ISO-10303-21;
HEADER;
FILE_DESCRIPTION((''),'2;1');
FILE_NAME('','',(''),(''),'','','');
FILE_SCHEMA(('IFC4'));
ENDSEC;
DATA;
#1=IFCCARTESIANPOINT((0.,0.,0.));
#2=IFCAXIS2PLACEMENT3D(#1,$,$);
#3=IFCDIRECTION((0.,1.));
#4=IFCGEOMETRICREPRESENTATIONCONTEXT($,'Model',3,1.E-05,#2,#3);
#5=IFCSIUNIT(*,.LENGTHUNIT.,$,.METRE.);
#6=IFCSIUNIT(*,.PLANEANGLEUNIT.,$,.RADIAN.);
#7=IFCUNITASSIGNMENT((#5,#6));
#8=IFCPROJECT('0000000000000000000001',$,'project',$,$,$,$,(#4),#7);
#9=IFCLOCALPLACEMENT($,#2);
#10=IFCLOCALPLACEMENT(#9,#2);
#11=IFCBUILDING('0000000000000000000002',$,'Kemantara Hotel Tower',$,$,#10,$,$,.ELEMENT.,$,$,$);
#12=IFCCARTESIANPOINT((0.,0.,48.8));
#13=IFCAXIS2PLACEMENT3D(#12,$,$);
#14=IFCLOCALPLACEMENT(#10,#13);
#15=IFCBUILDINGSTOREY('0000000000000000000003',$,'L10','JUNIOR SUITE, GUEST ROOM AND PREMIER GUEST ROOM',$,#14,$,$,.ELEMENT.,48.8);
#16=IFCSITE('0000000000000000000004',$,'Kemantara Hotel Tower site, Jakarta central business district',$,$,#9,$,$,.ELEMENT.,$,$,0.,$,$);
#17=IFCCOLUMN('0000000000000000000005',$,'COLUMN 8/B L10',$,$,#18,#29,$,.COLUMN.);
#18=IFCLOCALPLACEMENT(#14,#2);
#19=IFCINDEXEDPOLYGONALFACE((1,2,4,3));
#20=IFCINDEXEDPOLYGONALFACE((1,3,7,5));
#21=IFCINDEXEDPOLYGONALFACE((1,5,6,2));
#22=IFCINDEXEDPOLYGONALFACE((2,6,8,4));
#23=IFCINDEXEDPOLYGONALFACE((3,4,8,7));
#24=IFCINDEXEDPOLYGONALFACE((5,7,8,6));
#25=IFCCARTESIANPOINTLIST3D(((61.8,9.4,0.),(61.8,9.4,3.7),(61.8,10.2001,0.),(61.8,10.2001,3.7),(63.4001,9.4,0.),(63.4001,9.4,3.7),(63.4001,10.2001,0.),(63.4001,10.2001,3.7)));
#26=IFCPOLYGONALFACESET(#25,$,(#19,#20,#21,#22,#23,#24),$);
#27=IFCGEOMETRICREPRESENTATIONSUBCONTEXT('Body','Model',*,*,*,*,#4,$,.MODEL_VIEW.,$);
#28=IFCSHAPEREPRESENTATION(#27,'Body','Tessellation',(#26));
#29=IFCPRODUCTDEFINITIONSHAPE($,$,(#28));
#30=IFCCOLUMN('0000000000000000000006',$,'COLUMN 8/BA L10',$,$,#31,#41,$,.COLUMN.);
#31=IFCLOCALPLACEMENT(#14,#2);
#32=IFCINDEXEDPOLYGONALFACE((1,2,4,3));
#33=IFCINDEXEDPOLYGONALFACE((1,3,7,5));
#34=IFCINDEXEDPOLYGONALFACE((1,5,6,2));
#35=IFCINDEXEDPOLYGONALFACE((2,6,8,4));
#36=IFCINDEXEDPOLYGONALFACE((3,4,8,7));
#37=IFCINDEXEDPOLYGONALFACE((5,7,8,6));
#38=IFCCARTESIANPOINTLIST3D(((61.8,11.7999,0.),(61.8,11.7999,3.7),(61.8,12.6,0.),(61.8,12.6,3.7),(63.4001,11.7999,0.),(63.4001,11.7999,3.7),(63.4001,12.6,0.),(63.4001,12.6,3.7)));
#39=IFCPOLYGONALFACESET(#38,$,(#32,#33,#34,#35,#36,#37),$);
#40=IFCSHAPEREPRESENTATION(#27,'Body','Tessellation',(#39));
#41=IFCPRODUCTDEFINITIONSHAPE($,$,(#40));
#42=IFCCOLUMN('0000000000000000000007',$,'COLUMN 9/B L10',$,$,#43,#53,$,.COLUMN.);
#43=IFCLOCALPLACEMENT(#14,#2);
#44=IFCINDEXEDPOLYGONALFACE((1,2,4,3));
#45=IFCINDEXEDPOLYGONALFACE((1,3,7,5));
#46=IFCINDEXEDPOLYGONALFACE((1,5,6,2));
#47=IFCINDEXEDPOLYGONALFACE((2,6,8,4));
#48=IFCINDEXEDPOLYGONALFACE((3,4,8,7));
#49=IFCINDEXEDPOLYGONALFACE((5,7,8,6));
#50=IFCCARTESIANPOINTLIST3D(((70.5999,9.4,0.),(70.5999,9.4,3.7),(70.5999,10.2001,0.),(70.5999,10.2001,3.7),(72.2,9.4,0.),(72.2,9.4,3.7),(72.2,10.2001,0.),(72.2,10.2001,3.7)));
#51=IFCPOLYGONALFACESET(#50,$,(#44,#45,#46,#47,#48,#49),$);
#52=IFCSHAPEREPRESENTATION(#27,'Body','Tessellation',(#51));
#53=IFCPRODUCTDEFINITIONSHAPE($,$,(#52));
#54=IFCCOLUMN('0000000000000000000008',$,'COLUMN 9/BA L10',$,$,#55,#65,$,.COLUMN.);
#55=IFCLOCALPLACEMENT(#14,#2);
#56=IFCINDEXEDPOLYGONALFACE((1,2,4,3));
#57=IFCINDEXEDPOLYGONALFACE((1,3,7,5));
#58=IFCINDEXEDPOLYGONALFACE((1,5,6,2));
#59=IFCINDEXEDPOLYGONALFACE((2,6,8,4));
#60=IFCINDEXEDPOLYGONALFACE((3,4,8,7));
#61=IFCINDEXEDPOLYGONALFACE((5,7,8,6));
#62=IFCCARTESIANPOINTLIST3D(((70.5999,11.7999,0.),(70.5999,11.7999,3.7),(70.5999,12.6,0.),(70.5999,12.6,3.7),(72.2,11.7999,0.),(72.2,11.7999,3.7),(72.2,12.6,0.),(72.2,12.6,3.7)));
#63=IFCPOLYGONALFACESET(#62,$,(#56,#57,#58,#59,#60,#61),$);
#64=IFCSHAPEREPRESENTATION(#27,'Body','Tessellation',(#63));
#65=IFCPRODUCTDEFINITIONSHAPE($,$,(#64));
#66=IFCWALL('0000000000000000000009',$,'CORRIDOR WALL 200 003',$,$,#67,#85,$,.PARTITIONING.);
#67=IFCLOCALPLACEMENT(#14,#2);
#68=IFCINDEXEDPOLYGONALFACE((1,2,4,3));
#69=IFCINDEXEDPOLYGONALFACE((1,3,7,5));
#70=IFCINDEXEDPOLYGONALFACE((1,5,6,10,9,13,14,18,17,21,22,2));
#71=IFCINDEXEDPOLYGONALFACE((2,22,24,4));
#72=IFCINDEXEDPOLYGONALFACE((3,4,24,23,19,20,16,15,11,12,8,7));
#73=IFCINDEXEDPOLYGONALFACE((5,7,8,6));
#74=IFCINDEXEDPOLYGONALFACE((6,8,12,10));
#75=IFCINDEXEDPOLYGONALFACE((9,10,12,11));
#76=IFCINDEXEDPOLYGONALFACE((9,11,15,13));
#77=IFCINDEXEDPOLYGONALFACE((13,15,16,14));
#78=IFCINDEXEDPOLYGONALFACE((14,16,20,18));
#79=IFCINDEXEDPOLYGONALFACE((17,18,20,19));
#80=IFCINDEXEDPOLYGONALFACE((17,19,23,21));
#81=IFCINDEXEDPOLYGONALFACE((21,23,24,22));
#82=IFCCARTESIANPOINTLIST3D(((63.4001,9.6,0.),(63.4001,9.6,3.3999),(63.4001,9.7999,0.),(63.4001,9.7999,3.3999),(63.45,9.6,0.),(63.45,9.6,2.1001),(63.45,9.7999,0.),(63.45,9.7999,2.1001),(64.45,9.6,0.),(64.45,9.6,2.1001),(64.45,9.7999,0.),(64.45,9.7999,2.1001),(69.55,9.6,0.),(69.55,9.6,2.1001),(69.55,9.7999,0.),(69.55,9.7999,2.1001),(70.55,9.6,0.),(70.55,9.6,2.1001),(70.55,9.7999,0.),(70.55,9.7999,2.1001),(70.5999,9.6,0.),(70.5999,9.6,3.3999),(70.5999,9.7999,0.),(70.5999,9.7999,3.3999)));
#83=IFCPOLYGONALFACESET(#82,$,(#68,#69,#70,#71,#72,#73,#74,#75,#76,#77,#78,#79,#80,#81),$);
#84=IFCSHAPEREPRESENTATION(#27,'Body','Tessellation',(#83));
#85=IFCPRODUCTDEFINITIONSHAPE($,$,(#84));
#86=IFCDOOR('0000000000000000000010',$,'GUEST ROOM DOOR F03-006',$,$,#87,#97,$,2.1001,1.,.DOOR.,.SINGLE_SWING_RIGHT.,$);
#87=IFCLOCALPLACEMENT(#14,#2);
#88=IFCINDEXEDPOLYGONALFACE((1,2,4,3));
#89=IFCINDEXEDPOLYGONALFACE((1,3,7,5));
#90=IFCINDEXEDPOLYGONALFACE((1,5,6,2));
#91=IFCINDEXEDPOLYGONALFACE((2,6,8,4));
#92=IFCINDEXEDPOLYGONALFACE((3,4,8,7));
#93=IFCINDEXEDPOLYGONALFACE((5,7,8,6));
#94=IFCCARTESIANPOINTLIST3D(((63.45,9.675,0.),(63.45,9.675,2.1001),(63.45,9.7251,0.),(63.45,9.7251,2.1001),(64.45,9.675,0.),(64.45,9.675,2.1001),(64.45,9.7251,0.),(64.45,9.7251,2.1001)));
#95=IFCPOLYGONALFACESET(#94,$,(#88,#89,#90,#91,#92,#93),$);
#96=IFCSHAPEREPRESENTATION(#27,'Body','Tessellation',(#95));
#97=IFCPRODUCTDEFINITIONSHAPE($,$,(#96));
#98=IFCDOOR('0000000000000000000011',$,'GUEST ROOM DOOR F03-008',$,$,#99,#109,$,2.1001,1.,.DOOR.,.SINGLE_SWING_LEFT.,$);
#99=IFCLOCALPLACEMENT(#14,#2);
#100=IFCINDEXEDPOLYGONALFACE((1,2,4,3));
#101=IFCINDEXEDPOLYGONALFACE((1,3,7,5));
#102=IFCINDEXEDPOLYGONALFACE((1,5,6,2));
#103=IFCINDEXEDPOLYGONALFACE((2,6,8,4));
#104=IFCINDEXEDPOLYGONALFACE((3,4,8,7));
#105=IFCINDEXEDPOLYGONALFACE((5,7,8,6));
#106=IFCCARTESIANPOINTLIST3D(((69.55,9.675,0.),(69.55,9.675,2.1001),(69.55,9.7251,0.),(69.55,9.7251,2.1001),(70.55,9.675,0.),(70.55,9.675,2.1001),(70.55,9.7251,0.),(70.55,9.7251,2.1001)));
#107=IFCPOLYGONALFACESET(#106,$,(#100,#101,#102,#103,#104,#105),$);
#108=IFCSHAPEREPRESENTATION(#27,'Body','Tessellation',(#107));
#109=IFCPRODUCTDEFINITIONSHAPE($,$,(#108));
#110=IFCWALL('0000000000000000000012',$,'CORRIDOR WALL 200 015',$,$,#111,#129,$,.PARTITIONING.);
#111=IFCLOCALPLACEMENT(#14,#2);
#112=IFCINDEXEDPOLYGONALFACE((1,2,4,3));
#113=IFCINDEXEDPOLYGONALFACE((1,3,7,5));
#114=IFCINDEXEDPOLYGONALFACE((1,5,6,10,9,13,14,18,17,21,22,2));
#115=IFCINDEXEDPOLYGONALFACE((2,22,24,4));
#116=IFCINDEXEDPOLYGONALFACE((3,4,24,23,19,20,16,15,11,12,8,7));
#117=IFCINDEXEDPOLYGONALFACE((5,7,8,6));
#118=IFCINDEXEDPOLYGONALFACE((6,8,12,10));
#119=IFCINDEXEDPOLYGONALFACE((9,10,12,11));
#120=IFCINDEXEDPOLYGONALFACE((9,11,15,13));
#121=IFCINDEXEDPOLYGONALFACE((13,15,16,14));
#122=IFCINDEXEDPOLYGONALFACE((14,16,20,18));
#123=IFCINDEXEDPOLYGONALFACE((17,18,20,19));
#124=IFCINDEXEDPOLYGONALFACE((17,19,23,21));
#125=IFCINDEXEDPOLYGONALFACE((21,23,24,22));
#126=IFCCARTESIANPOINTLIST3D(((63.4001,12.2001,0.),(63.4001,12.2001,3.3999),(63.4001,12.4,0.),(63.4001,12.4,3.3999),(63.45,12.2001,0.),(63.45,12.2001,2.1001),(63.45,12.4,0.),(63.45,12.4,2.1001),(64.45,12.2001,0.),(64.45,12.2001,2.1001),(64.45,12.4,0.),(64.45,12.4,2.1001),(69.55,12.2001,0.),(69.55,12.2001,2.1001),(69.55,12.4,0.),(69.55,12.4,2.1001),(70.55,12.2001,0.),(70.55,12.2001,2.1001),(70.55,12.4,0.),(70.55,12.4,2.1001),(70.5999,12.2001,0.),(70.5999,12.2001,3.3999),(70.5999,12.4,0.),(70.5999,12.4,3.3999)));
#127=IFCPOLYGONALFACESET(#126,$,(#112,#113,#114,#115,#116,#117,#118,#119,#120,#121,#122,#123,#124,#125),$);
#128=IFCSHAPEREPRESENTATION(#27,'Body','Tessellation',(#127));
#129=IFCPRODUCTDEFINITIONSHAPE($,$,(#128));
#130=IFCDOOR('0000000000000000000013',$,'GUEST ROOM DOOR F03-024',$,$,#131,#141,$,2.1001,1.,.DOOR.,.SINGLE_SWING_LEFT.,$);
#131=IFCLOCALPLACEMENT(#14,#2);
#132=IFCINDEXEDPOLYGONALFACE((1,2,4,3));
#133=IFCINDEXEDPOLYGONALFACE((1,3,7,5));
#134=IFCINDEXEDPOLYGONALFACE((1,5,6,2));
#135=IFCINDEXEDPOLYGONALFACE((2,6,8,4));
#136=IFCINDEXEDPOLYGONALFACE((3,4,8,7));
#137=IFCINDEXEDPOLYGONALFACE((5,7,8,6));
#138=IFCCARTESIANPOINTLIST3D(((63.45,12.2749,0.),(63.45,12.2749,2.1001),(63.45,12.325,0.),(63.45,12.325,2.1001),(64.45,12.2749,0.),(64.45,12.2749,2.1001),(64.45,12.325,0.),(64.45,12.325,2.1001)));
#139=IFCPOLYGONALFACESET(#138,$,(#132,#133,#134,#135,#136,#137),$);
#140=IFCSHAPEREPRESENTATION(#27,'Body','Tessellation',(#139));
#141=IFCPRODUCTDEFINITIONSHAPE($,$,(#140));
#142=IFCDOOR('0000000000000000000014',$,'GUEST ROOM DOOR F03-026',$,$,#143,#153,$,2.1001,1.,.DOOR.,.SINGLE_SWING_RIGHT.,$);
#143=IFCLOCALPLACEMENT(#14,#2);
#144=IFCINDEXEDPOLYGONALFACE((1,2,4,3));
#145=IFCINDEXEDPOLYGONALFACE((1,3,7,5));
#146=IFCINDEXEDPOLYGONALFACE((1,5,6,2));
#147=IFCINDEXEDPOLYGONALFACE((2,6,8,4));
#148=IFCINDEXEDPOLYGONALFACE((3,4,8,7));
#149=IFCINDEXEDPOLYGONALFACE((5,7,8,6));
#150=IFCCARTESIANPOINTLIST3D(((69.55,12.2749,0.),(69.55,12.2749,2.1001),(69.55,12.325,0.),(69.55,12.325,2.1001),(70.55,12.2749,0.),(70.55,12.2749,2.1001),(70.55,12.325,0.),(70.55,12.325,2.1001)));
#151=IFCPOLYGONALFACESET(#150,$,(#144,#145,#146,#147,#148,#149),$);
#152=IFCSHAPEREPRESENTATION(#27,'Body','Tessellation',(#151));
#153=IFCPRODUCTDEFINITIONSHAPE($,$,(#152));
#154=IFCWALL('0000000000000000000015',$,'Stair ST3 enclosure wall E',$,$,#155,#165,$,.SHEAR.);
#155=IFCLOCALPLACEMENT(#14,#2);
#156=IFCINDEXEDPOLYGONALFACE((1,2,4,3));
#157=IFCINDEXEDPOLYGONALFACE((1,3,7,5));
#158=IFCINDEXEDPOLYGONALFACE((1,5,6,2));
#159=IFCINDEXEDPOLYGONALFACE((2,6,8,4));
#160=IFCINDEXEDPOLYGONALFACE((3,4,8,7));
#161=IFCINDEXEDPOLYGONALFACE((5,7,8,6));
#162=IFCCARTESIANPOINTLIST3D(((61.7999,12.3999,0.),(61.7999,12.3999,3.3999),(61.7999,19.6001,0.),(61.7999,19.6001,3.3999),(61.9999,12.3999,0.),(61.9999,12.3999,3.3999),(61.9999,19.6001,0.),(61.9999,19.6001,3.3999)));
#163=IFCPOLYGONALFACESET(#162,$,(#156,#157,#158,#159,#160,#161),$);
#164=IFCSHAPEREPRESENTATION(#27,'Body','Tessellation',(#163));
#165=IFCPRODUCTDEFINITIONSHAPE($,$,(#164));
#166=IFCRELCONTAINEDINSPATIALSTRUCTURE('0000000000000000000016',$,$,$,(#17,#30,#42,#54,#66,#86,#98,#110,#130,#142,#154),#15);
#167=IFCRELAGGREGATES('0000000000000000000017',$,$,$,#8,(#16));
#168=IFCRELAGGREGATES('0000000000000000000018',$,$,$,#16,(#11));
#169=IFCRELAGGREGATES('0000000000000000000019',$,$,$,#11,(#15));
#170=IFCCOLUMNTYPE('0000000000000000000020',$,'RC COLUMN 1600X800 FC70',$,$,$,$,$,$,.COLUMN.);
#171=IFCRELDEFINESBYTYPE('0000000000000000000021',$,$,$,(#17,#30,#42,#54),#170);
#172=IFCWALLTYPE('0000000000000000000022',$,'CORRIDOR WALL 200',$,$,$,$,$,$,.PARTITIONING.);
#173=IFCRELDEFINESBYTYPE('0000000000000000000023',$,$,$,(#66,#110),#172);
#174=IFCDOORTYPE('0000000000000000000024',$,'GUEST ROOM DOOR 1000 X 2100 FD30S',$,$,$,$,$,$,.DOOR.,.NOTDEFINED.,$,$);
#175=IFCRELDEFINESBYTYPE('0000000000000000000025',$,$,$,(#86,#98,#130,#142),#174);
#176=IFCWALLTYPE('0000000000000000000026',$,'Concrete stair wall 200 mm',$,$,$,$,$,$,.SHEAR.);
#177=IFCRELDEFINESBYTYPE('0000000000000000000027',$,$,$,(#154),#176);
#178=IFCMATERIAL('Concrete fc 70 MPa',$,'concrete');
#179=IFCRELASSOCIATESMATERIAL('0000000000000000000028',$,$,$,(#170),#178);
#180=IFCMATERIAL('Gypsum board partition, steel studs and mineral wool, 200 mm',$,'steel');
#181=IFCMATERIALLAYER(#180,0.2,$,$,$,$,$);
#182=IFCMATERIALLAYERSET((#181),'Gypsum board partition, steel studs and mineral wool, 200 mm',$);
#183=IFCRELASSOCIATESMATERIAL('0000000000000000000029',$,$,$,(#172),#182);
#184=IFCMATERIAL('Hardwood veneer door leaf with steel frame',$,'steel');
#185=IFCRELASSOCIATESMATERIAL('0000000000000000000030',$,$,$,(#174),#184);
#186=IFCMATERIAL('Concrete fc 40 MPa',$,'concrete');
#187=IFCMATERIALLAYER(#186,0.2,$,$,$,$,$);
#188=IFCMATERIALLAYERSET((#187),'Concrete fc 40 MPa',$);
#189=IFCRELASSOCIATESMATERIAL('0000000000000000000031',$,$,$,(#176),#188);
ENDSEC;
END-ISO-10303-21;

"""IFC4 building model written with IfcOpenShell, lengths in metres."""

from ifc_helpers import new_model, si_unit, direction, frame, frame_2d, origin, origin_2d, place, context, subcontext, project, spatial, rectangle, extrude, material, layer, layer_set, material_profile, profile_set, type_object, element, fill, save


model = new_model("IFC4")

# Units and contexts
model_context = context("Model", 3, precision=1e-05, world=origin(), true_north=direction((0.0, 1.0)))
body_context = subcontext(model_context, "Body", "Model", "MODEL_VIEW")
ifc_project = project(units=[si_unit("LENGTHUNIT", "METRE"), si_unit("PLANEANGLEUNIT", "RADIAN")], contexts=[model_context])

# Site, building, storey
site_placement = place(None, origin())
site = spatial("IfcSite", under=ifc_project, at=site_placement, Name="Kemantara Hotel Tower site, Jakarta central business district", CompositionType="ELEMENT", RefElevation=0.0)
building_placement = place(site_placement, origin())
building = spatial("IfcBuilding", under=site, at=building_placement, Name="Kemantara Hotel Tower", CompositionType="ELEMENT")
storey_placement = place(building_placement, frame((0.0, 0.0, 48.8)))
storey = spatial("IfcBuildingStorey", under=building, at=storey_placement, Name="L10", Description="JUNIOR SUITE, GUEST ROOM AND PREMIER GUEST ROOM", CompositionType="ELEMENT", Elevation=48.8)

# Columns
ifc_material_1 = material(Name="Concrete fc 70 MPa", Category="concrete")
ifc_material_profile = material_profile(ifc_material_1, rectangle(XDim=1.6001, YDim=0.8, at=origin_2d()), Name="RC 1600X800")
ifc_profile_set = profile_set([ifc_material_profile], Name="Concrete fc 70 MPa")
column_type = type_object("IfcColumnType", Name="RC COLUMN 1600X800 FC70", PredefinedType="COLUMN", material=ifc_profile_set)
for number, where, z_axis, x_axis, name in (
    (1, (62.6001, 9.8, 0.0), (0.0, 0.0, 1.0), (1.0, 0.0, 0.0), "COLUMN 8/B L10"),
    (2, (62.6001, 12.2, 0.0), (0.0, 0.0, 1.0), (1.0, 0.0, 0.0), "COLUMN 8/BA L10"),
    (3, (71.3999, 9.8, 0.0), (0.0, 0.0, 1.0), (1.0, 0.0, 0.0), "COLUMN 9/B L10"),
    (4, (71.3999, 12.2, 0.0), (0.0, 0.0, 1.0), (1.0, 0.0, 0.0), "COLUMN 9/BA L10"),
):
    element("IfcColumn", number, at=place(storey_placement, frame(where, z_axis=z_axis, x_axis=x_axis)), inside=storey, type_object=column_type, Name=name, PredefinedType="COLUMN", context=body_context, shape_type="SweptSolid", body=[
        extrude(rectangle(XDim=1.6001, YDim=0.8, at=origin_2d()), origin(), (0.0, 0.0, 1.0), 3.7),
    ])

# Walls, openings, doors
ifc_material_2 = material(Name="Gypsum board partition, steel studs and mineral wool, 200 mm", Category="steel")
ifc_layer_1 = layer(ifc_material_2, 0.2)
ifc_layer_set_1 = layer_set([ifc_layer_1], Name="Gypsum board partition, steel studs and mineral wool, 200 mm")
wall_type_1 = type_object("IfcWallType", Name="CORRIDOR WALL 200", PredefinedType="PARTITIONING", material=ifc_layer_set_1)
wall_1_placement = place(storey_placement, frame((70.5999, 9.7, 0.0), z_axis=(0.0, 0.0, 1.0), x_axis=(-1.0, 0.0, 0.0)))
wall_1 = element("IfcWall", 5, at=wall_1_placement, inside=storey, type_object=wall_type_1, Name="CORRIDOR WALL 200 003", PredefinedType="PARTITIONING", context=body_context, shape_type="SweptSolid", body=[
    extrude(rectangle(XDim=7.1997, YDim=0.2, at=frame_2d((3.5999, 0.0))), origin(), (0.0, 0.0, 1.0), 3.3999),
])
opening_1_placement = place(wall_1_placement, frame((6.1499, 0.0, 0.0)))
opening_1 = element("IfcOpeningElement", 6, at=opening_1_placement, cuts=wall_1, PredefinedType="OPENING", context=body_context, shape_type="SweptSolid", body=[
    extrude(rectangle(XDim=1.0, YDim=2.1001, at=frame_2d((0.5, 1.05))), frame((0.0, 0.1099, 0.0), z_axis=(0.0, -1.0, 0.0), x_axis=(1.0, 0.0, 0.0)), (0.0, 0.0, 1.0), 0.22),
])
opening_2_placement = place(wall_1_placement, frame((0.0498, 0.0, 0.0)))
opening_2 = element("IfcOpeningElement", 7, at=opening_2_placement, cuts=wall_1, PredefinedType="OPENING", context=body_context, shape_type="SweptSolid", body=[
    extrude(rectangle(XDim=1.0, YDim=2.1001, at=frame_2d((0.5, 1.05))), frame((0.0, 0.1099, 0.0), z_axis=(0.0, -1.0, 0.0), x_axis=(1.0, 0.0, 0.0)), (0.0, 0.0, 1.0), 0.22),
])
ifc_material_3 = material(Name="Hardwood veneer door leaf with steel frame", Category="steel")
door_type_1 = type_object("IfcDoorType", Name="GUEST ROOM DOOR 1000 X 2100 FD30S", OperationType="NOTDEFINED", PredefinedType="DOOR", material=ifc_material_3)
door_1_placement = place(opening_1_placement, origin())
door_1 = element("IfcDoor", 8, at=door_1_placement, inside=storey, type_object=door_type_1, Name="GUEST ROOM DOOR F03-006", OperationType="SINGLE_SWING_RIGHT", OverallHeight=2.1001, OverallWidth=1.0, PredefinedType="DOOR", context=body_context, shape_type="SweptSolid", body=[
    extrude(rectangle(XDim=1.0, YDim=2.1001, at=frame_2d((0.5, 1.05))), frame((0.0, 0.0249, 0.0), z_axis=(0.0, -1.0, 0.0), x_axis=(1.0, 0.0, 0.0)), (0.0, 0.0, 1.0), 0.05),
])
fill(opening_1, door_1)
door_2_placement = place(opening_2_placement, origin())
door_2 = element("IfcDoor", 9, at=door_2_placement, inside=storey, type_object=door_type_1, Name="GUEST ROOM DOOR F03-008", OperationType="SINGLE_SWING_LEFT", OverallHeight=2.1001, OverallWidth=1.0, PredefinedType="DOOR", context=body_context, shape_type="SweptSolid", body=[
    extrude(rectangle(XDim=1.0, YDim=2.1001, at=frame_2d((0.5, 1.05))), frame((0.0, 0.0249, 0.0), z_axis=(0.0, -1.0, 0.0), x_axis=(1.0, 0.0, 0.0)), (0.0, 0.0, 1.0), 0.05),
])
fill(opening_2, door_2)
wall_2_placement = place(storey_placement, frame((63.4001, 12.3, 0.0), z_axis=(0.0, 0.0, 1.0), x_axis=(1.0, 0.0, 0.0)))
wall_2 = element("IfcWall", 10, at=wall_2_placement, inside=storey, type_object=wall_type_1, Name="CORRIDOR WALL 200 015", PredefinedType="PARTITIONING", context=body_context, shape_type="SweptSolid", body=[
    extrude(rectangle(XDim=7.1997, YDim=0.2, at=frame_2d((3.5999, 0.0))), origin(), (0.0, 0.0, 1.0), 3.3999),
])
opening_3_placement = place(wall_2_placement, frame((0.0498, 0.0, 0.0)))
opening_3 = element("IfcOpeningElement", 11, at=opening_3_placement, cuts=wall_2, PredefinedType="OPENING", context=body_context, shape_type="SweptSolid", body=[
    extrude(rectangle(XDim=1.0, YDim=2.1001, at=frame_2d((0.5, 1.05))), frame((0.0, 0.1099, 0.0), z_axis=(0.0, -1.0, 0.0), x_axis=(1.0, 0.0, 0.0)), (0.0, 0.0, 1.0), 0.22),
])
opening_4_placement = place(wall_2_placement, frame((6.1499, 0.0, 0.0)))
opening_4 = element("IfcOpeningElement", 12, at=opening_4_placement, cuts=wall_2, PredefinedType="OPENING", context=body_context, shape_type="SweptSolid", body=[
    extrude(rectangle(XDim=1.0, YDim=2.1001, at=frame_2d((0.5, 1.05))), frame((0.0, 0.1099, 0.0), z_axis=(0.0, -1.0, 0.0), x_axis=(1.0, 0.0, 0.0)), (0.0, 0.0, 1.0), 0.22),
])
door_3_placement = place(opening_3_placement, origin())
door_3 = element("IfcDoor", 13, at=door_3_placement, inside=storey, type_object=door_type_1, Name="GUEST ROOM DOOR F03-024", OperationType="SINGLE_SWING_LEFT", OverallHeight=2.1001, OverallWidth=1.0, PredefinedType="DOOR", context=body_context, shape_type="SweptSolid", body=[
    extrude(rectangle(XDim=1.0, YDim=2.1001, at=frame_2d((0.5, 1.05))), frame((0.0, 0.0249, 0.0), z_axis=(0.0, -1.0, 0.0), x_axis=(1.0, 0.0, 0.0)), (0.0, 0.0, 1.0), 0.05),
])
fill(opening_3, door_3)
door_4_placement = place(opening_4_placement, origin())
door_4 = element("IfcDoor", 14, at=door_4_placement, inside=storey, type_object=door_type_1, Name="GUEST ROOM DOOR F03-026", OperationType="SINGLE_SWING_RIGHT", OverallHeight=2.1001, OverallWidth=1.0, PredefinedType="DOOR", context=body_context, shape_type="SweptSolid", body=[
    extrude(rectangle(XDim=1.0, YDim=2.1001, at=frame_2d((0.5, 1.05))), frame((0.0, 0.0249, 0.0), z_axis=(0.0, -1.0, 0.0), x_axis=(1.0, 0.0, 0.0)), (0.0, 0.0, 1.0), 0.05),
])
fill(opening_4, door_4)

# Wall
ifc_material_4 = material(Name="Concrete fc 40 MPa", Category="concrete")
ifc_layer_2 = layer(ifc_material_4, 0.2)
ifc_layer_set_2 = layer_set([ifc_layer_2], Name="Concrete fc 40 MPa")
wall_type_2 = type_object("IfcWallType", Name="Concrete stair wall 200 mm", PredefinedType="SHEAR", material=ifc_layer_set_2)
wall_3_placement = place(storey_placement, frame((61.8999, 12.3999, 0.0), z_axis=(0.0, 0.0, 1.0), x_axis=(0.0, 1.0, 0.0)))
element("IfcWall", 15, at=wall_3_placement, inside=storey, type_object=wall_type_2, Name="Stair ST3 enclosure wall E", PredefinedType="SHEAR", context=body_context, shape_type="SweptSolid", body=[
    extrude(rectangle(XDim=7.2002, YDim=0.2, at=frame_2d((3.6001, 0.0))), origin(), (0.0, 0.0, 1.0), 3.3999),
])

save(model, "model.ifc")
